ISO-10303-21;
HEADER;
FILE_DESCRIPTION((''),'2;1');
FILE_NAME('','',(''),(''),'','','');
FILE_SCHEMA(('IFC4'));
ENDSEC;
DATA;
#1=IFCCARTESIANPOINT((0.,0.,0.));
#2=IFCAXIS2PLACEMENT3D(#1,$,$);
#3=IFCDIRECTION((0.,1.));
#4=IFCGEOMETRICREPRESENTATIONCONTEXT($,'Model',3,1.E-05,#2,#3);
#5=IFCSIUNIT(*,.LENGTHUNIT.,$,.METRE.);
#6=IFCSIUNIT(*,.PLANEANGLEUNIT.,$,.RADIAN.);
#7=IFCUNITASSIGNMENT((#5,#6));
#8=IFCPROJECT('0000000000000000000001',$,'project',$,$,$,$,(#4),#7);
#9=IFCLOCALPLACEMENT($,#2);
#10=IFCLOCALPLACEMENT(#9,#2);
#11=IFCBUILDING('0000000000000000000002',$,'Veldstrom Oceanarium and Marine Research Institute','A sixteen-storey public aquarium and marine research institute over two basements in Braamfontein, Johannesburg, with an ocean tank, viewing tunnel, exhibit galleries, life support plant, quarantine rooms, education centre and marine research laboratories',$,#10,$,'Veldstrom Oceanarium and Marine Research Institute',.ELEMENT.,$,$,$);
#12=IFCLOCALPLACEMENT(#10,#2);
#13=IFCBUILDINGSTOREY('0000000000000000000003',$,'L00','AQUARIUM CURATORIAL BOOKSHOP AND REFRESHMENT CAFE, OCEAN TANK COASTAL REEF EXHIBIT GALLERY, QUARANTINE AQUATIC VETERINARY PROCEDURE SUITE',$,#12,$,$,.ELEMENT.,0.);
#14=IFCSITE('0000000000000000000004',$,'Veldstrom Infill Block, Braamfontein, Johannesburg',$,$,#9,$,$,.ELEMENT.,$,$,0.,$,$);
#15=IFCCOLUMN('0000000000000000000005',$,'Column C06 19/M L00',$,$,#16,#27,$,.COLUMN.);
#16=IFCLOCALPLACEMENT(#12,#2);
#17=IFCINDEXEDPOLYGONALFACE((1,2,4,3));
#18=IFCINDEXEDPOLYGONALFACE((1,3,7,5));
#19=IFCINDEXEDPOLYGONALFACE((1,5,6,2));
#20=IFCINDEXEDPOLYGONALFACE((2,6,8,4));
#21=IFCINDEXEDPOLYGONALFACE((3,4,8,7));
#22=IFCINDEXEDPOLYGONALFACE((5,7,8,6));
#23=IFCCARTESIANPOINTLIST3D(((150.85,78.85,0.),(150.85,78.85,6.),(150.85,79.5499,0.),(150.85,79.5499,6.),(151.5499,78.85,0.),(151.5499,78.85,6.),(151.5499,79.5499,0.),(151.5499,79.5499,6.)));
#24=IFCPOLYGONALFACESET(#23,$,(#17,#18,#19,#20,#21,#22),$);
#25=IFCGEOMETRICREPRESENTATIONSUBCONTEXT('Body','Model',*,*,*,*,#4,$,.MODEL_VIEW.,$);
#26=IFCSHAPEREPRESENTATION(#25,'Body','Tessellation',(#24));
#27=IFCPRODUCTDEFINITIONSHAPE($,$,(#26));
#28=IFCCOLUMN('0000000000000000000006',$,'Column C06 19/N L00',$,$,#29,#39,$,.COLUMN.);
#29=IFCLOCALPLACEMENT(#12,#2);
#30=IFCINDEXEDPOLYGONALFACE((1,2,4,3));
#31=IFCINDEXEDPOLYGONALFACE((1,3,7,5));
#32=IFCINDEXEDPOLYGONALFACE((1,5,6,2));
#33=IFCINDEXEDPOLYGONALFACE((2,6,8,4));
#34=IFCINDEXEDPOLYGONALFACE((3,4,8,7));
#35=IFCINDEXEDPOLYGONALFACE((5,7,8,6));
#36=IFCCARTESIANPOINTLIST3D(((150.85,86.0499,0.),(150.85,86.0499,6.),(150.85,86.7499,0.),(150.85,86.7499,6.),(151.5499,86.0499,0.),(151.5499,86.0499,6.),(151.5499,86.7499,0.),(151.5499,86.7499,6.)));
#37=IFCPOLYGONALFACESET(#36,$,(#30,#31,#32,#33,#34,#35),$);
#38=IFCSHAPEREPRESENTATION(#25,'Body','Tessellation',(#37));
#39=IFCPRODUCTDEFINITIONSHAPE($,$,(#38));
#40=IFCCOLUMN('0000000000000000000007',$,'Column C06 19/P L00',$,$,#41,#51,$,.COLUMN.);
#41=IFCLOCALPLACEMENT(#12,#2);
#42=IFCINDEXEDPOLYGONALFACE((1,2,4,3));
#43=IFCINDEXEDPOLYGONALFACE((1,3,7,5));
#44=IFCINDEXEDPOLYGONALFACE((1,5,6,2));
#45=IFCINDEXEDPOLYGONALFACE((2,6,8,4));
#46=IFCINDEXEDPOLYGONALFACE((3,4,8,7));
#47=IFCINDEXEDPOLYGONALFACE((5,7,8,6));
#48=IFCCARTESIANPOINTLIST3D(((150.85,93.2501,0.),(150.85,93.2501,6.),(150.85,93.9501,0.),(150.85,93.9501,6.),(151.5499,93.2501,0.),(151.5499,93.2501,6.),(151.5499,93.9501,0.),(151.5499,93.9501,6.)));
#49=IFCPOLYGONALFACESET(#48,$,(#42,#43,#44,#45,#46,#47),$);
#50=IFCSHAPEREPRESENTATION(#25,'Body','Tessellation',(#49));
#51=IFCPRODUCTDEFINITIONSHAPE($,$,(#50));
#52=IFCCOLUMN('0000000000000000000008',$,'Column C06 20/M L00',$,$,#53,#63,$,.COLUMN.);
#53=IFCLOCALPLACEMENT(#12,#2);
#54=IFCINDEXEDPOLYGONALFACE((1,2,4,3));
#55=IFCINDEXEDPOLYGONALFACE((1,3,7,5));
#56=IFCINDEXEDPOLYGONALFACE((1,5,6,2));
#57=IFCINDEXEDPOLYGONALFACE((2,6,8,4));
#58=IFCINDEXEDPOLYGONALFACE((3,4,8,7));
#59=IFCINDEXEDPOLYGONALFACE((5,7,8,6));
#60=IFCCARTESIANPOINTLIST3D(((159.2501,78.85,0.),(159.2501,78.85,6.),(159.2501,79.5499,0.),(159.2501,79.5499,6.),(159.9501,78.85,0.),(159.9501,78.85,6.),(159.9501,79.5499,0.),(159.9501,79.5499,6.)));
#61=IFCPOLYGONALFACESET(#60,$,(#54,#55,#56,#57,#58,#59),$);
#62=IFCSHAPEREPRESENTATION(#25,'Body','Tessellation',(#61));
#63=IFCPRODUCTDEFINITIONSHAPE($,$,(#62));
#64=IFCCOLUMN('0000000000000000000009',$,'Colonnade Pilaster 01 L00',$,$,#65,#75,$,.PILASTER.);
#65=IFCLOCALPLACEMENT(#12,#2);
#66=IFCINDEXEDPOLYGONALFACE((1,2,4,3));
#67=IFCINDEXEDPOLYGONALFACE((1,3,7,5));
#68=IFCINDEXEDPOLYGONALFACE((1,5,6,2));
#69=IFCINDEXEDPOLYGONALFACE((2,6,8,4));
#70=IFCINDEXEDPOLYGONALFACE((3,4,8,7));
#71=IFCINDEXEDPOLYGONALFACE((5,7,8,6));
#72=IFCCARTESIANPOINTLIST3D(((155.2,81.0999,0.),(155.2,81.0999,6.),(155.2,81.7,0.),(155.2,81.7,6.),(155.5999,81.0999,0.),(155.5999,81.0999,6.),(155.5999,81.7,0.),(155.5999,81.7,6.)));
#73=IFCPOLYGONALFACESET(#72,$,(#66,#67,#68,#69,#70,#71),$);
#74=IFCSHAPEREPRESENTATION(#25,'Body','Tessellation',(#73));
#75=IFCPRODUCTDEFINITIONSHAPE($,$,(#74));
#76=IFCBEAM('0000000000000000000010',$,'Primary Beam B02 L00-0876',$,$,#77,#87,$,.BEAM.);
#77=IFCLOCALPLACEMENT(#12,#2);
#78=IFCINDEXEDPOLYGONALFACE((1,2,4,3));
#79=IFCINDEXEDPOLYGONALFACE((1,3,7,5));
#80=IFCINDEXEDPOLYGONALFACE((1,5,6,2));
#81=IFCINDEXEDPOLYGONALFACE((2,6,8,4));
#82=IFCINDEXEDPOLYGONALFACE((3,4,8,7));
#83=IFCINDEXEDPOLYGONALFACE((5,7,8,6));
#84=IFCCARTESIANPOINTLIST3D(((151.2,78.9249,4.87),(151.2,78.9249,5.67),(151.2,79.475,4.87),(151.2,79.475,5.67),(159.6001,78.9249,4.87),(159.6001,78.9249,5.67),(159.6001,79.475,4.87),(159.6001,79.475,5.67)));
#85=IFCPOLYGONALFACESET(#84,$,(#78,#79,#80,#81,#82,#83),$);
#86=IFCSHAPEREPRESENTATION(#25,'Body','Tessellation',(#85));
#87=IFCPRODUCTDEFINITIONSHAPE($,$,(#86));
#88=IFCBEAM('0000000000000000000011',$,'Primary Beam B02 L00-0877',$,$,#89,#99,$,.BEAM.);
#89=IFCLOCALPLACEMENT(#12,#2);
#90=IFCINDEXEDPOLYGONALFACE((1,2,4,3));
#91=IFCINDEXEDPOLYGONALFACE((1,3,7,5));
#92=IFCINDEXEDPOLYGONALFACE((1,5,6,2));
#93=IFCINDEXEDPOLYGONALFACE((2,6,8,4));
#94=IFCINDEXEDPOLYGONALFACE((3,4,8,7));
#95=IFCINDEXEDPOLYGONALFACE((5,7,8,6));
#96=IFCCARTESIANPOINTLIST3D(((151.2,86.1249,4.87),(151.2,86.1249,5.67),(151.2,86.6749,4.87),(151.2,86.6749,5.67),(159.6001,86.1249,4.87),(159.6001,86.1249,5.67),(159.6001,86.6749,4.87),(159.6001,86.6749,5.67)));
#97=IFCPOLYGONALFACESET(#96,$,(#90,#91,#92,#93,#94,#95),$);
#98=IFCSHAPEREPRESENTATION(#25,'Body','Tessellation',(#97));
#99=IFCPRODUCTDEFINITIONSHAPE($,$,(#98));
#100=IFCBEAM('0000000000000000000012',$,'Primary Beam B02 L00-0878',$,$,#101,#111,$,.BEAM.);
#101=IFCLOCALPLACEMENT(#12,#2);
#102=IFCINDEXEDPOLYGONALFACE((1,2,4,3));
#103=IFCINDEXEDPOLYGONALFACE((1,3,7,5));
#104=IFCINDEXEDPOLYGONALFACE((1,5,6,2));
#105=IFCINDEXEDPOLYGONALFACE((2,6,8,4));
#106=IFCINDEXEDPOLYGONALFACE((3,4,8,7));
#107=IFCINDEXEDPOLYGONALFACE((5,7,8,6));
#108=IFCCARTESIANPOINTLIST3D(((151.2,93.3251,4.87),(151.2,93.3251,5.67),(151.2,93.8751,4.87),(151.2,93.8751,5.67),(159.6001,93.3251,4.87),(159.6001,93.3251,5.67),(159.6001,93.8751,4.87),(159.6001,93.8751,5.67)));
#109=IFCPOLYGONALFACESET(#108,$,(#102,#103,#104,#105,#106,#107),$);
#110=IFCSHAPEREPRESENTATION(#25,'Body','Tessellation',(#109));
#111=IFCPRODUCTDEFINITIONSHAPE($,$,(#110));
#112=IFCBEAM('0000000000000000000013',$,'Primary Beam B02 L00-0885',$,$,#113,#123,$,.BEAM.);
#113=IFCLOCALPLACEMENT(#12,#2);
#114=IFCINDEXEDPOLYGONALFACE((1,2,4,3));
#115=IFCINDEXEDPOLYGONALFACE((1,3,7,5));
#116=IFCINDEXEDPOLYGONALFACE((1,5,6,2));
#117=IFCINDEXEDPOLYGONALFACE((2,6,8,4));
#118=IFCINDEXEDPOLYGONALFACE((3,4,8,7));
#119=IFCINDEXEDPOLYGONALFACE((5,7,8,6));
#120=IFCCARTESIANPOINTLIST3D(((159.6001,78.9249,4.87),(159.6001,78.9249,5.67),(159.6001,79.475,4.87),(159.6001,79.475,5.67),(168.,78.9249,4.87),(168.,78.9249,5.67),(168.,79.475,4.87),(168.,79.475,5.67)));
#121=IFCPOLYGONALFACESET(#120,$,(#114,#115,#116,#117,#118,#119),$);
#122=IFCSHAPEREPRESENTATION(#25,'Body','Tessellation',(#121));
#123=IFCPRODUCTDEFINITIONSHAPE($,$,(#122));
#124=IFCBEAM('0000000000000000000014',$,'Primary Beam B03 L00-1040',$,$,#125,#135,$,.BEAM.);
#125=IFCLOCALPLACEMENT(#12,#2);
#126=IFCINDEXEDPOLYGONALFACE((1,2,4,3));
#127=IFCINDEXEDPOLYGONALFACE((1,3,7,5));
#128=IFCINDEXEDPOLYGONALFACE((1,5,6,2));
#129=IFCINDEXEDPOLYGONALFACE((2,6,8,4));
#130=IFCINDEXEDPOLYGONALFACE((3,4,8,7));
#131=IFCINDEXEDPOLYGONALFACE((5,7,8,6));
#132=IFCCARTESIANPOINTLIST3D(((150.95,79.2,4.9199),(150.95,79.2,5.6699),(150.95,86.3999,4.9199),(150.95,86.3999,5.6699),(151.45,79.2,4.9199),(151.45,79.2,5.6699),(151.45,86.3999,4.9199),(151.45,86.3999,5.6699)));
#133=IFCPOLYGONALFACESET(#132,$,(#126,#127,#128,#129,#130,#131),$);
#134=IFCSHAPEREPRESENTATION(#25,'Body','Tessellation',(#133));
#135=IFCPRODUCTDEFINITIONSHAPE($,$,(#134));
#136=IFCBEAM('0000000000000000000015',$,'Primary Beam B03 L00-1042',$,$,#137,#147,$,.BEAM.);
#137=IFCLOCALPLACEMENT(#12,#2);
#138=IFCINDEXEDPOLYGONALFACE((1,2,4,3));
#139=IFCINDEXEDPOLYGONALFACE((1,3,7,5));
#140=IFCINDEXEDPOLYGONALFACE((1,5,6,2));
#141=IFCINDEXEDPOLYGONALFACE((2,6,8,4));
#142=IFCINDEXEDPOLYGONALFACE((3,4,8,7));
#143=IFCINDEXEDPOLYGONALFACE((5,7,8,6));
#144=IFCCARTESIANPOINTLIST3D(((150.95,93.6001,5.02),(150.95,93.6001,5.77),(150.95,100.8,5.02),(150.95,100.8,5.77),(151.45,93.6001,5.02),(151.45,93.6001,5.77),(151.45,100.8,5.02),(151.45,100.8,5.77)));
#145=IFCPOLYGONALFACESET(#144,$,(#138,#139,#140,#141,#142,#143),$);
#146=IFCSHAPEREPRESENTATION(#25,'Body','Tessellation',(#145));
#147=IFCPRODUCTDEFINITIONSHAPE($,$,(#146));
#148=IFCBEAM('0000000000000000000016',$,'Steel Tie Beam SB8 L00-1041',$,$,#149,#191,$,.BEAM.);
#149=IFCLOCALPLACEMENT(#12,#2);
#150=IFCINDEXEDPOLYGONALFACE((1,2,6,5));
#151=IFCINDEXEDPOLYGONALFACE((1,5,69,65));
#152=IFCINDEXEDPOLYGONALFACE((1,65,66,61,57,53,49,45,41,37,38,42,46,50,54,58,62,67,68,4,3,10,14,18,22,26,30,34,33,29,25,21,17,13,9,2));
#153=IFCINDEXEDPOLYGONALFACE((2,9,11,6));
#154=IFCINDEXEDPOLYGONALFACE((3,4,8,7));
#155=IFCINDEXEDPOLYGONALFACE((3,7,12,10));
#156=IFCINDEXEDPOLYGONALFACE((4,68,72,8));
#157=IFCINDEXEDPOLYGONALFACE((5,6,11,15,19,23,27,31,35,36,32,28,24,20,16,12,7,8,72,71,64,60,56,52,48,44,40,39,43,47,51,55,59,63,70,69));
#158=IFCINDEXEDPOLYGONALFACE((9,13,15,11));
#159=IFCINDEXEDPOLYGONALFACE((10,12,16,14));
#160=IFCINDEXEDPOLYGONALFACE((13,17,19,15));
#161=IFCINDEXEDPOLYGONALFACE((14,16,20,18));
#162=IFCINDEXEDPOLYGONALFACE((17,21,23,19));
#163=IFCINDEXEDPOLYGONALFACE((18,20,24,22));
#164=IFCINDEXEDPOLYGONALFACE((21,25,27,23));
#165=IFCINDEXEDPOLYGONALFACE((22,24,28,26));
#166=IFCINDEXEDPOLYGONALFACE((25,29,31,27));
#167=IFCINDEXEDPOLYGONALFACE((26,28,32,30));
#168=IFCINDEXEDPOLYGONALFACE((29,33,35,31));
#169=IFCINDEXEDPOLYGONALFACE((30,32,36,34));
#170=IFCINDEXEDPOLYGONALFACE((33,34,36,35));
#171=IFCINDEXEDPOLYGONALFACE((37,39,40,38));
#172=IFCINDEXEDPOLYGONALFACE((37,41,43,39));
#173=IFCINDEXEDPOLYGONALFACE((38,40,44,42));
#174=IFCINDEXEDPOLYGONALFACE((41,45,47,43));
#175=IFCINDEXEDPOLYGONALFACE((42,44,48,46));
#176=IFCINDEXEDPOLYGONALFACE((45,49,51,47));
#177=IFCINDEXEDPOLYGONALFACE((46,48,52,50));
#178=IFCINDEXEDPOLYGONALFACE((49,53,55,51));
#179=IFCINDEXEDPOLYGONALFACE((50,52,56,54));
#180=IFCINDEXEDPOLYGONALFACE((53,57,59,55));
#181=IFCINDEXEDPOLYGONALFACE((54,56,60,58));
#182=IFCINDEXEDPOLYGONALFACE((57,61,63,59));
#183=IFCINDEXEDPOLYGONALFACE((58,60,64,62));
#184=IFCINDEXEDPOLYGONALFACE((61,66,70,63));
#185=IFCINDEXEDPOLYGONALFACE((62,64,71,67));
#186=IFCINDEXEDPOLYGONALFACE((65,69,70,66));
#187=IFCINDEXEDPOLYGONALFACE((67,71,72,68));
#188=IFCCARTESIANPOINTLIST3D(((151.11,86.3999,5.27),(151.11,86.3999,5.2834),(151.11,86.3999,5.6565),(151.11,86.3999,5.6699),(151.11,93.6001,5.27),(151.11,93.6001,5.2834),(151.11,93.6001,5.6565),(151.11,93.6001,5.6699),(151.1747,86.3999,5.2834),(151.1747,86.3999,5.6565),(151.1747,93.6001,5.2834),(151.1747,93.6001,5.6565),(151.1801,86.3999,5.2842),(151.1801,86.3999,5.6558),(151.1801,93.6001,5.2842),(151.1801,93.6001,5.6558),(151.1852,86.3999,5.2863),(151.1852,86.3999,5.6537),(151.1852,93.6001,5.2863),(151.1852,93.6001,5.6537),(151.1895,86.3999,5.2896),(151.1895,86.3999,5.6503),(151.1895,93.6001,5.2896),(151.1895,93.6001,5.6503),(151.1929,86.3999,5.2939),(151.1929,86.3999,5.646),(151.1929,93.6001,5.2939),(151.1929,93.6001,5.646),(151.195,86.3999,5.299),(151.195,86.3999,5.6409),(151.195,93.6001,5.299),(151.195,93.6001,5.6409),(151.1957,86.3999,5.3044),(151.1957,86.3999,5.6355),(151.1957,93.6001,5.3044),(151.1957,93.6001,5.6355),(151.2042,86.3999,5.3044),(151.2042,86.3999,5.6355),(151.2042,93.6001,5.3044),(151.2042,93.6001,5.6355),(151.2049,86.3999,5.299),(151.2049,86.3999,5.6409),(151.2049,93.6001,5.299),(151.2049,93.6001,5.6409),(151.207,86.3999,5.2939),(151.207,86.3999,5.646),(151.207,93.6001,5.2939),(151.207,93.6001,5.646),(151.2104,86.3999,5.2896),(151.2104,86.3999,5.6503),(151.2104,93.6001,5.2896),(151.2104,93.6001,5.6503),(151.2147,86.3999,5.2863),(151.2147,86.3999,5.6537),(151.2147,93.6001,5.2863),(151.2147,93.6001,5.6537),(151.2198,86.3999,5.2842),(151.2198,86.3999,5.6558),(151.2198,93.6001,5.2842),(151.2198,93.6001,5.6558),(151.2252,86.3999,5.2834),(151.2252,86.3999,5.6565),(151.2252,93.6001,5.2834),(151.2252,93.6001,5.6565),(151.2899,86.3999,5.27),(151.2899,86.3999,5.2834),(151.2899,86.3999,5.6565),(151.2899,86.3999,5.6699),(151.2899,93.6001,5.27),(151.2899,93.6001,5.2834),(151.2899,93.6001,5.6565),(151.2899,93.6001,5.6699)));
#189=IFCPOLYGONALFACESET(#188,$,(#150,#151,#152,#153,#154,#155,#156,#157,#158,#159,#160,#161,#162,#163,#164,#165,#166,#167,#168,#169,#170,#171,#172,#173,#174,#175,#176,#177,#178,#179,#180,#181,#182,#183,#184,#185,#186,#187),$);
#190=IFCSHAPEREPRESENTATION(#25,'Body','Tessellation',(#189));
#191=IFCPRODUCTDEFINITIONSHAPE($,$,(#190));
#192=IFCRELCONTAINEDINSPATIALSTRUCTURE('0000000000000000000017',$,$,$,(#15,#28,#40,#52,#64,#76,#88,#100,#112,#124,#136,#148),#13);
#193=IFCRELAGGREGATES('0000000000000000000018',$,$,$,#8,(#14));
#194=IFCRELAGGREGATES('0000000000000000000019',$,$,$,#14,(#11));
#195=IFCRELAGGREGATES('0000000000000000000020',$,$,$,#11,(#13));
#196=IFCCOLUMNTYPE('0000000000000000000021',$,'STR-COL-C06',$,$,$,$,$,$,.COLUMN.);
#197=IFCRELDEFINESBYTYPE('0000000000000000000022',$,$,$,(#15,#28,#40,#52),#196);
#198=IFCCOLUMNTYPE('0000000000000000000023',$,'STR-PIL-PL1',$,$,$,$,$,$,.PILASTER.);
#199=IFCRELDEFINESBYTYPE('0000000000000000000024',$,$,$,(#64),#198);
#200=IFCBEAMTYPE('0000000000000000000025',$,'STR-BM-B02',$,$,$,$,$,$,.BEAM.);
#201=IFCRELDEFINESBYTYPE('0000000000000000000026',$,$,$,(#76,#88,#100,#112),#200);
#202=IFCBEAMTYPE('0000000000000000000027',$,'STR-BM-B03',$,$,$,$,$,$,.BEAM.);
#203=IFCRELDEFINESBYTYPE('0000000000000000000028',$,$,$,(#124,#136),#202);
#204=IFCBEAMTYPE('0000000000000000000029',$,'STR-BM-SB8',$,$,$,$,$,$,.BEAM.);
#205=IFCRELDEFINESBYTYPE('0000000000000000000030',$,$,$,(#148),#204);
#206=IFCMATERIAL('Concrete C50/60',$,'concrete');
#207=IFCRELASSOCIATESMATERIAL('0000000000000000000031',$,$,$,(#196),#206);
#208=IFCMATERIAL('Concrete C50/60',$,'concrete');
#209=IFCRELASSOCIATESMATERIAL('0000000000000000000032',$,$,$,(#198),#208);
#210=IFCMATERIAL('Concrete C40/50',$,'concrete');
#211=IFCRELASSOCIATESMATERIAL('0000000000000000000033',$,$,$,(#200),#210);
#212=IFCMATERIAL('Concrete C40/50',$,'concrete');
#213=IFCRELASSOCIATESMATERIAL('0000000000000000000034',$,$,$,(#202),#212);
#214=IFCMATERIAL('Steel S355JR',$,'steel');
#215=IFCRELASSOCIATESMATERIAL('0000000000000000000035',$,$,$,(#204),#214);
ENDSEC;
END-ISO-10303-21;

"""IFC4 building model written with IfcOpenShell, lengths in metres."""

from ifc_helpers import new_model, si_unit, direction, frame, origin, origin_2d, place, context, subcontext, project, spatial, rectangle, i_section, extrude, material, material_profile, profile_set, type_object, element, save


model = new_model("IFC4")

# Units and contexts
model_context = context("Model", 3, precision=1e-05, world=origin(), true_north=direction((0.0, 1.0)))
body_context = subcontext(model_context, "Body", "Model", "MODEL_VIEW")
ifc_project = project(units=[si_unit("LENGTHUNIT", "METRE"), si_unit("PLANEANGLEUNIT", "RADIAN")], contexts=[model_context])

# Site, building, storey
site_placement = place(None, origin())
site = spatial("IfcSite", under=ifc_project, at=site_placement, Name="Veldstrom Infill Block, Braamfontein, Johannesburg", CompositionType="ELEMENT", RefElevation=0.0)
building_placement = place(site_placement, origin())
building = spatial("IfcBuilding", under=site, at=building_placement, Name="Veldstrom Oceanarium and Marine Research Institute", Description="A sixteen-storey public aquarium and marine research institute over two basements in Braamfontein, Johannesburg, with an ocean tank, viewing tunnel, exhibit galleries, life support plant, quarantine rooms, education centre and marine research laboratories", LongName="Veldstrom Oceanarium and Marine Research Institute", CompositionType="ELEMENT")
storey_placement = place(building_placement, origin())
storey = spatial("IfcBuildingStorey", under=building, at=storey_placement, Name="L00", Description="AQUARIUM CURATORIAL BOOKSHOP AND REFRESHMENT CAFE, OCEAN TANK COASTAL REEF EXHIBIT GALLERY, QUARANTINE AQUATIC VETERINARY PROCEDURE SUITE", CompositionType="ELEMENT", Elevation=0.0)

# Columns
ifc_material_1 = material(Name="Concrete C50/60", Category="concrete")
ifc_material_profile_1 = material_profile(ifc_material_1, rectangle(XDim=0.7, YDim=0.7, at=origin_2d()), Name="RC-COL-700x700")
ifc_profile_set_1 = profile_set([ifc_material_profile_1], Name="Concrete C50/60")
column_type_1 = type_object("IfcColumnType", Name="STR-COL-C06", PredefinedType="COLUMN", material=ifc_profile_set_1)
for number, where, z_axis, x_axis, name in (
    (1, (151.2, 79.2, 0.0), (0.0, 0.0, 1.0), (1.0, 0.0, 0.0), "Column C06 19/M L00"),
    (2, (151.2, 86.3999, 0.0), (0.0, 0.0, 1.0), (1.0, 0.0, 0.0), "Column C06 19/N L00"),
    (3, (151.2, 93.6001, 0.0), (0.0, 0.0, 1.0), (1.0, 0.0, 0.0), "Column C06 19/P L00"),
    (4, (159.6001, 79.2, 0.0), (0.0, 0.0, 1.0), (1.0, 0.0, 0.0), "Column C06 20/M L00"),
):
    element("IfcColumn", number, at=place(storey_placement, frame(where, z_axis=z_axis, x_axis=x_axis)), inside=storey, type_object=column_type_1, Name=name, PredefinedType="COLUMN", context=body_context, shape_type="SweptSolid", body=[
        extrude(rectangle(XDim=0.7, YDim=0.7, at=origin_2d()), origin(), (0.0, 0.0, 1.0), 6.0),
    ])
ifc_material_2 = material(Name="Concrete C50/60", Category="concrete")
ifc_material_profile_2 = material_profile(ifc_material_2, rectangle(XDim=0.3999, YDim=0.6001, at=origin_2d()), Name="RC-PIL-600x400")
ifc_profile_set_2 = profile_set([ifc_material_profile_2], Name="Concrete C50/60")
column_type_2 = type_object("IfcColumnType", Name="STR-PIL-PL1", PredefinedType="PILASTER", material=ifc_profile_set_2)
column_placement = place(storey_placement, frame((155.3999, 81.3999, 0.0), z_axis=(0.0, 0.0, 1.0), x_axis=(1.0, 0.0, 0.0)))
element("IfcColumn", 5, at=column_placement, inside=storey, type_object=column_type_2, Name="Colonnade Pilaster 01 L00", PredefinedType="PILASTER", context=body_context, shape_type="SweptSolid", body=[
    extrude(rectangle(XDim=0.3999, YDim=0.6001, at=origin_2d()), origin(), (0.0, 0.0, 1.0), 6.0),
])

# Beams
ifc_material_3 = material(Name="Concrete C40/50", Category="concrete")
ifc_material_profile_3 = material_profile(ifc_material_3, rectangle(XDim=0.55, YDim=0.8, at=origin_2d()), Name="RC-BM-550x800")
ifc_profile_set_3 = profile_set([ifc_material_profile_3], Name="Concrete C40/50")
beam_type_1 = type_object("IfcBeamType", Name="STR-BM-B02", PredefinedType="BEAM", material=ifc_profile_set_3)
for number, where, z_axis, x_axis, name in (
    (6, (151.2, 79.2, 5.27), (1.0, 0.0, 0.0), (0.0, 1.0, 0.0), "Primary Beam B02 L00-0876"),
    (7, (151.2, 86.3999, 5.27), (1.0, 0.0, 0.0), (0.0, 1.0, 0.0), "Primary Beam B02 L00-0877"),
    (8, (151.2, 93.6001, 5.27), (1.0, 0.0, 0.0), (0.0, 1.0, 0.0), "Primary Beam B02 L00-0878"),
):
    element("IfcBeam", number, at=place(storey_placement, frame(where, z_axis=z_axis, x_axis=x_axis)), inside=storey, type_object=beam_type_1, Name=name, PredefinedType="BEAM", context=body_context, shape_type="SweptSolid", body=[
        extrude(rectangle(XDim=0.55, YDim=0.8, at=origin_2d()), origin(), (0.0, 0.0, 1.0), 8.4001),
    ])
beam_1_placement = place(storey_placement, frame((159.6001, 79.2, 5.27), z_axis=(1.0, 0.0, 0.0), x_axis=(0.0, 1.0, 0.0)))
element("IfcBeam", 9, at=beam_1_placement, inside=storey, type_object=beam_type_1, Name="Primary Beam B02 L00-0885", PredefinedType="BEAM", context=body_context, shape_type="SweptSolid", body=[
    extrude(rectangle(XDim=0.55, YDim=0.8, at=origin_2d()), origin(), (0.0, 0.0, 1.0), 8.3999),
])
ifc_material_4 = material(Name="Concrete C40/50", Category="concrete")
ifc_material_profile_4 = material_profile(ifc_material_4, rectangle(XDim=0.5, YDim=0.75, at=origin_2d()), Name="RC-BM-500x750")
ifc_profile_set_4 = profile_set([ifc_material_profile_4], Name="Concrete C40/50")
beam_type_2 = type_object("IfcBeamType", Name="STR-BM-B03", PredefinedType="BEAM", material=ifc_profile_set_4)
for number, where, z_axis, x_axis, name in (
    (10, (151.2, 79.2, 5.2949), (0.0, 1.0, 0.0), (-1.0, 0.0, 0.0), "Primary Beam B03 L00-1040"),
    (11, (151.2, 93.6001, 5.395), (0.0, 1.0, 0.0), (-1.0, 0.0, 0.0), "Primary Beam B03 L00-1042"),
):
    element("IfcBeam", number, at=place(storey_placement, frame(where, z_axis=z_axis, x_axis=x_axis)), inside=storey, type_object=beam_type_2, Name=name, PredefinedType="BEAM", context=body_context, shape_type="SweptSolid", body=[
        extrude(rectangle(XDim=0.5, YDim=0.75, at=origin_2d()), origin(), (0.0, 0.0, 1.0), 7.2),
    ])
ifc_material_5 = material(Name="Steel S355JR", Category="steel")
ifc_material_profile_5 = material_profile(ifc_material_5, i_section(OverallWidth=0.1799, OverallDepth=0.3999, WebThickness=0.0085, FlangeThickness=0.0134, FilletRadius=0.021, at=origin_2d()), Name="IPE 400")
ifc_profile_set_5 = profile_set([ifc_material_profile_5], Name="Steel S355JR")
beam_type_3 = type_object("IfcBeamType", Name="STR-BM-SB8", PredefinedType="BEAM", material=ifc_profile_set_5)
beam_2_placement = place(storey_placement, frame((151.2, 86.3999, 5.47), z_axis=(0.0, 1.0, 0.0), x_axis=(-1.0, 0.0, 0.0)))
element("IfcBeam", 12, at=beam_2_placement, inside=storey, type_object=beam_type_3, Name="Steel Tie Beam SB8 L00-1041", PredefinedType="BEAM", context=body_context, shape_type="SweptSolid", body=[
    extrude(i_section(OverallWidth=0.1799, OverallDepth=0.3999, WebThickness=0.0085, FlangeThickness=0.0134, FilletRadius=0.021, at=origin_2d()), origin(), (0.0, 0.0, 1.0), 7.2002),
])

save(model, "model.ifc")
